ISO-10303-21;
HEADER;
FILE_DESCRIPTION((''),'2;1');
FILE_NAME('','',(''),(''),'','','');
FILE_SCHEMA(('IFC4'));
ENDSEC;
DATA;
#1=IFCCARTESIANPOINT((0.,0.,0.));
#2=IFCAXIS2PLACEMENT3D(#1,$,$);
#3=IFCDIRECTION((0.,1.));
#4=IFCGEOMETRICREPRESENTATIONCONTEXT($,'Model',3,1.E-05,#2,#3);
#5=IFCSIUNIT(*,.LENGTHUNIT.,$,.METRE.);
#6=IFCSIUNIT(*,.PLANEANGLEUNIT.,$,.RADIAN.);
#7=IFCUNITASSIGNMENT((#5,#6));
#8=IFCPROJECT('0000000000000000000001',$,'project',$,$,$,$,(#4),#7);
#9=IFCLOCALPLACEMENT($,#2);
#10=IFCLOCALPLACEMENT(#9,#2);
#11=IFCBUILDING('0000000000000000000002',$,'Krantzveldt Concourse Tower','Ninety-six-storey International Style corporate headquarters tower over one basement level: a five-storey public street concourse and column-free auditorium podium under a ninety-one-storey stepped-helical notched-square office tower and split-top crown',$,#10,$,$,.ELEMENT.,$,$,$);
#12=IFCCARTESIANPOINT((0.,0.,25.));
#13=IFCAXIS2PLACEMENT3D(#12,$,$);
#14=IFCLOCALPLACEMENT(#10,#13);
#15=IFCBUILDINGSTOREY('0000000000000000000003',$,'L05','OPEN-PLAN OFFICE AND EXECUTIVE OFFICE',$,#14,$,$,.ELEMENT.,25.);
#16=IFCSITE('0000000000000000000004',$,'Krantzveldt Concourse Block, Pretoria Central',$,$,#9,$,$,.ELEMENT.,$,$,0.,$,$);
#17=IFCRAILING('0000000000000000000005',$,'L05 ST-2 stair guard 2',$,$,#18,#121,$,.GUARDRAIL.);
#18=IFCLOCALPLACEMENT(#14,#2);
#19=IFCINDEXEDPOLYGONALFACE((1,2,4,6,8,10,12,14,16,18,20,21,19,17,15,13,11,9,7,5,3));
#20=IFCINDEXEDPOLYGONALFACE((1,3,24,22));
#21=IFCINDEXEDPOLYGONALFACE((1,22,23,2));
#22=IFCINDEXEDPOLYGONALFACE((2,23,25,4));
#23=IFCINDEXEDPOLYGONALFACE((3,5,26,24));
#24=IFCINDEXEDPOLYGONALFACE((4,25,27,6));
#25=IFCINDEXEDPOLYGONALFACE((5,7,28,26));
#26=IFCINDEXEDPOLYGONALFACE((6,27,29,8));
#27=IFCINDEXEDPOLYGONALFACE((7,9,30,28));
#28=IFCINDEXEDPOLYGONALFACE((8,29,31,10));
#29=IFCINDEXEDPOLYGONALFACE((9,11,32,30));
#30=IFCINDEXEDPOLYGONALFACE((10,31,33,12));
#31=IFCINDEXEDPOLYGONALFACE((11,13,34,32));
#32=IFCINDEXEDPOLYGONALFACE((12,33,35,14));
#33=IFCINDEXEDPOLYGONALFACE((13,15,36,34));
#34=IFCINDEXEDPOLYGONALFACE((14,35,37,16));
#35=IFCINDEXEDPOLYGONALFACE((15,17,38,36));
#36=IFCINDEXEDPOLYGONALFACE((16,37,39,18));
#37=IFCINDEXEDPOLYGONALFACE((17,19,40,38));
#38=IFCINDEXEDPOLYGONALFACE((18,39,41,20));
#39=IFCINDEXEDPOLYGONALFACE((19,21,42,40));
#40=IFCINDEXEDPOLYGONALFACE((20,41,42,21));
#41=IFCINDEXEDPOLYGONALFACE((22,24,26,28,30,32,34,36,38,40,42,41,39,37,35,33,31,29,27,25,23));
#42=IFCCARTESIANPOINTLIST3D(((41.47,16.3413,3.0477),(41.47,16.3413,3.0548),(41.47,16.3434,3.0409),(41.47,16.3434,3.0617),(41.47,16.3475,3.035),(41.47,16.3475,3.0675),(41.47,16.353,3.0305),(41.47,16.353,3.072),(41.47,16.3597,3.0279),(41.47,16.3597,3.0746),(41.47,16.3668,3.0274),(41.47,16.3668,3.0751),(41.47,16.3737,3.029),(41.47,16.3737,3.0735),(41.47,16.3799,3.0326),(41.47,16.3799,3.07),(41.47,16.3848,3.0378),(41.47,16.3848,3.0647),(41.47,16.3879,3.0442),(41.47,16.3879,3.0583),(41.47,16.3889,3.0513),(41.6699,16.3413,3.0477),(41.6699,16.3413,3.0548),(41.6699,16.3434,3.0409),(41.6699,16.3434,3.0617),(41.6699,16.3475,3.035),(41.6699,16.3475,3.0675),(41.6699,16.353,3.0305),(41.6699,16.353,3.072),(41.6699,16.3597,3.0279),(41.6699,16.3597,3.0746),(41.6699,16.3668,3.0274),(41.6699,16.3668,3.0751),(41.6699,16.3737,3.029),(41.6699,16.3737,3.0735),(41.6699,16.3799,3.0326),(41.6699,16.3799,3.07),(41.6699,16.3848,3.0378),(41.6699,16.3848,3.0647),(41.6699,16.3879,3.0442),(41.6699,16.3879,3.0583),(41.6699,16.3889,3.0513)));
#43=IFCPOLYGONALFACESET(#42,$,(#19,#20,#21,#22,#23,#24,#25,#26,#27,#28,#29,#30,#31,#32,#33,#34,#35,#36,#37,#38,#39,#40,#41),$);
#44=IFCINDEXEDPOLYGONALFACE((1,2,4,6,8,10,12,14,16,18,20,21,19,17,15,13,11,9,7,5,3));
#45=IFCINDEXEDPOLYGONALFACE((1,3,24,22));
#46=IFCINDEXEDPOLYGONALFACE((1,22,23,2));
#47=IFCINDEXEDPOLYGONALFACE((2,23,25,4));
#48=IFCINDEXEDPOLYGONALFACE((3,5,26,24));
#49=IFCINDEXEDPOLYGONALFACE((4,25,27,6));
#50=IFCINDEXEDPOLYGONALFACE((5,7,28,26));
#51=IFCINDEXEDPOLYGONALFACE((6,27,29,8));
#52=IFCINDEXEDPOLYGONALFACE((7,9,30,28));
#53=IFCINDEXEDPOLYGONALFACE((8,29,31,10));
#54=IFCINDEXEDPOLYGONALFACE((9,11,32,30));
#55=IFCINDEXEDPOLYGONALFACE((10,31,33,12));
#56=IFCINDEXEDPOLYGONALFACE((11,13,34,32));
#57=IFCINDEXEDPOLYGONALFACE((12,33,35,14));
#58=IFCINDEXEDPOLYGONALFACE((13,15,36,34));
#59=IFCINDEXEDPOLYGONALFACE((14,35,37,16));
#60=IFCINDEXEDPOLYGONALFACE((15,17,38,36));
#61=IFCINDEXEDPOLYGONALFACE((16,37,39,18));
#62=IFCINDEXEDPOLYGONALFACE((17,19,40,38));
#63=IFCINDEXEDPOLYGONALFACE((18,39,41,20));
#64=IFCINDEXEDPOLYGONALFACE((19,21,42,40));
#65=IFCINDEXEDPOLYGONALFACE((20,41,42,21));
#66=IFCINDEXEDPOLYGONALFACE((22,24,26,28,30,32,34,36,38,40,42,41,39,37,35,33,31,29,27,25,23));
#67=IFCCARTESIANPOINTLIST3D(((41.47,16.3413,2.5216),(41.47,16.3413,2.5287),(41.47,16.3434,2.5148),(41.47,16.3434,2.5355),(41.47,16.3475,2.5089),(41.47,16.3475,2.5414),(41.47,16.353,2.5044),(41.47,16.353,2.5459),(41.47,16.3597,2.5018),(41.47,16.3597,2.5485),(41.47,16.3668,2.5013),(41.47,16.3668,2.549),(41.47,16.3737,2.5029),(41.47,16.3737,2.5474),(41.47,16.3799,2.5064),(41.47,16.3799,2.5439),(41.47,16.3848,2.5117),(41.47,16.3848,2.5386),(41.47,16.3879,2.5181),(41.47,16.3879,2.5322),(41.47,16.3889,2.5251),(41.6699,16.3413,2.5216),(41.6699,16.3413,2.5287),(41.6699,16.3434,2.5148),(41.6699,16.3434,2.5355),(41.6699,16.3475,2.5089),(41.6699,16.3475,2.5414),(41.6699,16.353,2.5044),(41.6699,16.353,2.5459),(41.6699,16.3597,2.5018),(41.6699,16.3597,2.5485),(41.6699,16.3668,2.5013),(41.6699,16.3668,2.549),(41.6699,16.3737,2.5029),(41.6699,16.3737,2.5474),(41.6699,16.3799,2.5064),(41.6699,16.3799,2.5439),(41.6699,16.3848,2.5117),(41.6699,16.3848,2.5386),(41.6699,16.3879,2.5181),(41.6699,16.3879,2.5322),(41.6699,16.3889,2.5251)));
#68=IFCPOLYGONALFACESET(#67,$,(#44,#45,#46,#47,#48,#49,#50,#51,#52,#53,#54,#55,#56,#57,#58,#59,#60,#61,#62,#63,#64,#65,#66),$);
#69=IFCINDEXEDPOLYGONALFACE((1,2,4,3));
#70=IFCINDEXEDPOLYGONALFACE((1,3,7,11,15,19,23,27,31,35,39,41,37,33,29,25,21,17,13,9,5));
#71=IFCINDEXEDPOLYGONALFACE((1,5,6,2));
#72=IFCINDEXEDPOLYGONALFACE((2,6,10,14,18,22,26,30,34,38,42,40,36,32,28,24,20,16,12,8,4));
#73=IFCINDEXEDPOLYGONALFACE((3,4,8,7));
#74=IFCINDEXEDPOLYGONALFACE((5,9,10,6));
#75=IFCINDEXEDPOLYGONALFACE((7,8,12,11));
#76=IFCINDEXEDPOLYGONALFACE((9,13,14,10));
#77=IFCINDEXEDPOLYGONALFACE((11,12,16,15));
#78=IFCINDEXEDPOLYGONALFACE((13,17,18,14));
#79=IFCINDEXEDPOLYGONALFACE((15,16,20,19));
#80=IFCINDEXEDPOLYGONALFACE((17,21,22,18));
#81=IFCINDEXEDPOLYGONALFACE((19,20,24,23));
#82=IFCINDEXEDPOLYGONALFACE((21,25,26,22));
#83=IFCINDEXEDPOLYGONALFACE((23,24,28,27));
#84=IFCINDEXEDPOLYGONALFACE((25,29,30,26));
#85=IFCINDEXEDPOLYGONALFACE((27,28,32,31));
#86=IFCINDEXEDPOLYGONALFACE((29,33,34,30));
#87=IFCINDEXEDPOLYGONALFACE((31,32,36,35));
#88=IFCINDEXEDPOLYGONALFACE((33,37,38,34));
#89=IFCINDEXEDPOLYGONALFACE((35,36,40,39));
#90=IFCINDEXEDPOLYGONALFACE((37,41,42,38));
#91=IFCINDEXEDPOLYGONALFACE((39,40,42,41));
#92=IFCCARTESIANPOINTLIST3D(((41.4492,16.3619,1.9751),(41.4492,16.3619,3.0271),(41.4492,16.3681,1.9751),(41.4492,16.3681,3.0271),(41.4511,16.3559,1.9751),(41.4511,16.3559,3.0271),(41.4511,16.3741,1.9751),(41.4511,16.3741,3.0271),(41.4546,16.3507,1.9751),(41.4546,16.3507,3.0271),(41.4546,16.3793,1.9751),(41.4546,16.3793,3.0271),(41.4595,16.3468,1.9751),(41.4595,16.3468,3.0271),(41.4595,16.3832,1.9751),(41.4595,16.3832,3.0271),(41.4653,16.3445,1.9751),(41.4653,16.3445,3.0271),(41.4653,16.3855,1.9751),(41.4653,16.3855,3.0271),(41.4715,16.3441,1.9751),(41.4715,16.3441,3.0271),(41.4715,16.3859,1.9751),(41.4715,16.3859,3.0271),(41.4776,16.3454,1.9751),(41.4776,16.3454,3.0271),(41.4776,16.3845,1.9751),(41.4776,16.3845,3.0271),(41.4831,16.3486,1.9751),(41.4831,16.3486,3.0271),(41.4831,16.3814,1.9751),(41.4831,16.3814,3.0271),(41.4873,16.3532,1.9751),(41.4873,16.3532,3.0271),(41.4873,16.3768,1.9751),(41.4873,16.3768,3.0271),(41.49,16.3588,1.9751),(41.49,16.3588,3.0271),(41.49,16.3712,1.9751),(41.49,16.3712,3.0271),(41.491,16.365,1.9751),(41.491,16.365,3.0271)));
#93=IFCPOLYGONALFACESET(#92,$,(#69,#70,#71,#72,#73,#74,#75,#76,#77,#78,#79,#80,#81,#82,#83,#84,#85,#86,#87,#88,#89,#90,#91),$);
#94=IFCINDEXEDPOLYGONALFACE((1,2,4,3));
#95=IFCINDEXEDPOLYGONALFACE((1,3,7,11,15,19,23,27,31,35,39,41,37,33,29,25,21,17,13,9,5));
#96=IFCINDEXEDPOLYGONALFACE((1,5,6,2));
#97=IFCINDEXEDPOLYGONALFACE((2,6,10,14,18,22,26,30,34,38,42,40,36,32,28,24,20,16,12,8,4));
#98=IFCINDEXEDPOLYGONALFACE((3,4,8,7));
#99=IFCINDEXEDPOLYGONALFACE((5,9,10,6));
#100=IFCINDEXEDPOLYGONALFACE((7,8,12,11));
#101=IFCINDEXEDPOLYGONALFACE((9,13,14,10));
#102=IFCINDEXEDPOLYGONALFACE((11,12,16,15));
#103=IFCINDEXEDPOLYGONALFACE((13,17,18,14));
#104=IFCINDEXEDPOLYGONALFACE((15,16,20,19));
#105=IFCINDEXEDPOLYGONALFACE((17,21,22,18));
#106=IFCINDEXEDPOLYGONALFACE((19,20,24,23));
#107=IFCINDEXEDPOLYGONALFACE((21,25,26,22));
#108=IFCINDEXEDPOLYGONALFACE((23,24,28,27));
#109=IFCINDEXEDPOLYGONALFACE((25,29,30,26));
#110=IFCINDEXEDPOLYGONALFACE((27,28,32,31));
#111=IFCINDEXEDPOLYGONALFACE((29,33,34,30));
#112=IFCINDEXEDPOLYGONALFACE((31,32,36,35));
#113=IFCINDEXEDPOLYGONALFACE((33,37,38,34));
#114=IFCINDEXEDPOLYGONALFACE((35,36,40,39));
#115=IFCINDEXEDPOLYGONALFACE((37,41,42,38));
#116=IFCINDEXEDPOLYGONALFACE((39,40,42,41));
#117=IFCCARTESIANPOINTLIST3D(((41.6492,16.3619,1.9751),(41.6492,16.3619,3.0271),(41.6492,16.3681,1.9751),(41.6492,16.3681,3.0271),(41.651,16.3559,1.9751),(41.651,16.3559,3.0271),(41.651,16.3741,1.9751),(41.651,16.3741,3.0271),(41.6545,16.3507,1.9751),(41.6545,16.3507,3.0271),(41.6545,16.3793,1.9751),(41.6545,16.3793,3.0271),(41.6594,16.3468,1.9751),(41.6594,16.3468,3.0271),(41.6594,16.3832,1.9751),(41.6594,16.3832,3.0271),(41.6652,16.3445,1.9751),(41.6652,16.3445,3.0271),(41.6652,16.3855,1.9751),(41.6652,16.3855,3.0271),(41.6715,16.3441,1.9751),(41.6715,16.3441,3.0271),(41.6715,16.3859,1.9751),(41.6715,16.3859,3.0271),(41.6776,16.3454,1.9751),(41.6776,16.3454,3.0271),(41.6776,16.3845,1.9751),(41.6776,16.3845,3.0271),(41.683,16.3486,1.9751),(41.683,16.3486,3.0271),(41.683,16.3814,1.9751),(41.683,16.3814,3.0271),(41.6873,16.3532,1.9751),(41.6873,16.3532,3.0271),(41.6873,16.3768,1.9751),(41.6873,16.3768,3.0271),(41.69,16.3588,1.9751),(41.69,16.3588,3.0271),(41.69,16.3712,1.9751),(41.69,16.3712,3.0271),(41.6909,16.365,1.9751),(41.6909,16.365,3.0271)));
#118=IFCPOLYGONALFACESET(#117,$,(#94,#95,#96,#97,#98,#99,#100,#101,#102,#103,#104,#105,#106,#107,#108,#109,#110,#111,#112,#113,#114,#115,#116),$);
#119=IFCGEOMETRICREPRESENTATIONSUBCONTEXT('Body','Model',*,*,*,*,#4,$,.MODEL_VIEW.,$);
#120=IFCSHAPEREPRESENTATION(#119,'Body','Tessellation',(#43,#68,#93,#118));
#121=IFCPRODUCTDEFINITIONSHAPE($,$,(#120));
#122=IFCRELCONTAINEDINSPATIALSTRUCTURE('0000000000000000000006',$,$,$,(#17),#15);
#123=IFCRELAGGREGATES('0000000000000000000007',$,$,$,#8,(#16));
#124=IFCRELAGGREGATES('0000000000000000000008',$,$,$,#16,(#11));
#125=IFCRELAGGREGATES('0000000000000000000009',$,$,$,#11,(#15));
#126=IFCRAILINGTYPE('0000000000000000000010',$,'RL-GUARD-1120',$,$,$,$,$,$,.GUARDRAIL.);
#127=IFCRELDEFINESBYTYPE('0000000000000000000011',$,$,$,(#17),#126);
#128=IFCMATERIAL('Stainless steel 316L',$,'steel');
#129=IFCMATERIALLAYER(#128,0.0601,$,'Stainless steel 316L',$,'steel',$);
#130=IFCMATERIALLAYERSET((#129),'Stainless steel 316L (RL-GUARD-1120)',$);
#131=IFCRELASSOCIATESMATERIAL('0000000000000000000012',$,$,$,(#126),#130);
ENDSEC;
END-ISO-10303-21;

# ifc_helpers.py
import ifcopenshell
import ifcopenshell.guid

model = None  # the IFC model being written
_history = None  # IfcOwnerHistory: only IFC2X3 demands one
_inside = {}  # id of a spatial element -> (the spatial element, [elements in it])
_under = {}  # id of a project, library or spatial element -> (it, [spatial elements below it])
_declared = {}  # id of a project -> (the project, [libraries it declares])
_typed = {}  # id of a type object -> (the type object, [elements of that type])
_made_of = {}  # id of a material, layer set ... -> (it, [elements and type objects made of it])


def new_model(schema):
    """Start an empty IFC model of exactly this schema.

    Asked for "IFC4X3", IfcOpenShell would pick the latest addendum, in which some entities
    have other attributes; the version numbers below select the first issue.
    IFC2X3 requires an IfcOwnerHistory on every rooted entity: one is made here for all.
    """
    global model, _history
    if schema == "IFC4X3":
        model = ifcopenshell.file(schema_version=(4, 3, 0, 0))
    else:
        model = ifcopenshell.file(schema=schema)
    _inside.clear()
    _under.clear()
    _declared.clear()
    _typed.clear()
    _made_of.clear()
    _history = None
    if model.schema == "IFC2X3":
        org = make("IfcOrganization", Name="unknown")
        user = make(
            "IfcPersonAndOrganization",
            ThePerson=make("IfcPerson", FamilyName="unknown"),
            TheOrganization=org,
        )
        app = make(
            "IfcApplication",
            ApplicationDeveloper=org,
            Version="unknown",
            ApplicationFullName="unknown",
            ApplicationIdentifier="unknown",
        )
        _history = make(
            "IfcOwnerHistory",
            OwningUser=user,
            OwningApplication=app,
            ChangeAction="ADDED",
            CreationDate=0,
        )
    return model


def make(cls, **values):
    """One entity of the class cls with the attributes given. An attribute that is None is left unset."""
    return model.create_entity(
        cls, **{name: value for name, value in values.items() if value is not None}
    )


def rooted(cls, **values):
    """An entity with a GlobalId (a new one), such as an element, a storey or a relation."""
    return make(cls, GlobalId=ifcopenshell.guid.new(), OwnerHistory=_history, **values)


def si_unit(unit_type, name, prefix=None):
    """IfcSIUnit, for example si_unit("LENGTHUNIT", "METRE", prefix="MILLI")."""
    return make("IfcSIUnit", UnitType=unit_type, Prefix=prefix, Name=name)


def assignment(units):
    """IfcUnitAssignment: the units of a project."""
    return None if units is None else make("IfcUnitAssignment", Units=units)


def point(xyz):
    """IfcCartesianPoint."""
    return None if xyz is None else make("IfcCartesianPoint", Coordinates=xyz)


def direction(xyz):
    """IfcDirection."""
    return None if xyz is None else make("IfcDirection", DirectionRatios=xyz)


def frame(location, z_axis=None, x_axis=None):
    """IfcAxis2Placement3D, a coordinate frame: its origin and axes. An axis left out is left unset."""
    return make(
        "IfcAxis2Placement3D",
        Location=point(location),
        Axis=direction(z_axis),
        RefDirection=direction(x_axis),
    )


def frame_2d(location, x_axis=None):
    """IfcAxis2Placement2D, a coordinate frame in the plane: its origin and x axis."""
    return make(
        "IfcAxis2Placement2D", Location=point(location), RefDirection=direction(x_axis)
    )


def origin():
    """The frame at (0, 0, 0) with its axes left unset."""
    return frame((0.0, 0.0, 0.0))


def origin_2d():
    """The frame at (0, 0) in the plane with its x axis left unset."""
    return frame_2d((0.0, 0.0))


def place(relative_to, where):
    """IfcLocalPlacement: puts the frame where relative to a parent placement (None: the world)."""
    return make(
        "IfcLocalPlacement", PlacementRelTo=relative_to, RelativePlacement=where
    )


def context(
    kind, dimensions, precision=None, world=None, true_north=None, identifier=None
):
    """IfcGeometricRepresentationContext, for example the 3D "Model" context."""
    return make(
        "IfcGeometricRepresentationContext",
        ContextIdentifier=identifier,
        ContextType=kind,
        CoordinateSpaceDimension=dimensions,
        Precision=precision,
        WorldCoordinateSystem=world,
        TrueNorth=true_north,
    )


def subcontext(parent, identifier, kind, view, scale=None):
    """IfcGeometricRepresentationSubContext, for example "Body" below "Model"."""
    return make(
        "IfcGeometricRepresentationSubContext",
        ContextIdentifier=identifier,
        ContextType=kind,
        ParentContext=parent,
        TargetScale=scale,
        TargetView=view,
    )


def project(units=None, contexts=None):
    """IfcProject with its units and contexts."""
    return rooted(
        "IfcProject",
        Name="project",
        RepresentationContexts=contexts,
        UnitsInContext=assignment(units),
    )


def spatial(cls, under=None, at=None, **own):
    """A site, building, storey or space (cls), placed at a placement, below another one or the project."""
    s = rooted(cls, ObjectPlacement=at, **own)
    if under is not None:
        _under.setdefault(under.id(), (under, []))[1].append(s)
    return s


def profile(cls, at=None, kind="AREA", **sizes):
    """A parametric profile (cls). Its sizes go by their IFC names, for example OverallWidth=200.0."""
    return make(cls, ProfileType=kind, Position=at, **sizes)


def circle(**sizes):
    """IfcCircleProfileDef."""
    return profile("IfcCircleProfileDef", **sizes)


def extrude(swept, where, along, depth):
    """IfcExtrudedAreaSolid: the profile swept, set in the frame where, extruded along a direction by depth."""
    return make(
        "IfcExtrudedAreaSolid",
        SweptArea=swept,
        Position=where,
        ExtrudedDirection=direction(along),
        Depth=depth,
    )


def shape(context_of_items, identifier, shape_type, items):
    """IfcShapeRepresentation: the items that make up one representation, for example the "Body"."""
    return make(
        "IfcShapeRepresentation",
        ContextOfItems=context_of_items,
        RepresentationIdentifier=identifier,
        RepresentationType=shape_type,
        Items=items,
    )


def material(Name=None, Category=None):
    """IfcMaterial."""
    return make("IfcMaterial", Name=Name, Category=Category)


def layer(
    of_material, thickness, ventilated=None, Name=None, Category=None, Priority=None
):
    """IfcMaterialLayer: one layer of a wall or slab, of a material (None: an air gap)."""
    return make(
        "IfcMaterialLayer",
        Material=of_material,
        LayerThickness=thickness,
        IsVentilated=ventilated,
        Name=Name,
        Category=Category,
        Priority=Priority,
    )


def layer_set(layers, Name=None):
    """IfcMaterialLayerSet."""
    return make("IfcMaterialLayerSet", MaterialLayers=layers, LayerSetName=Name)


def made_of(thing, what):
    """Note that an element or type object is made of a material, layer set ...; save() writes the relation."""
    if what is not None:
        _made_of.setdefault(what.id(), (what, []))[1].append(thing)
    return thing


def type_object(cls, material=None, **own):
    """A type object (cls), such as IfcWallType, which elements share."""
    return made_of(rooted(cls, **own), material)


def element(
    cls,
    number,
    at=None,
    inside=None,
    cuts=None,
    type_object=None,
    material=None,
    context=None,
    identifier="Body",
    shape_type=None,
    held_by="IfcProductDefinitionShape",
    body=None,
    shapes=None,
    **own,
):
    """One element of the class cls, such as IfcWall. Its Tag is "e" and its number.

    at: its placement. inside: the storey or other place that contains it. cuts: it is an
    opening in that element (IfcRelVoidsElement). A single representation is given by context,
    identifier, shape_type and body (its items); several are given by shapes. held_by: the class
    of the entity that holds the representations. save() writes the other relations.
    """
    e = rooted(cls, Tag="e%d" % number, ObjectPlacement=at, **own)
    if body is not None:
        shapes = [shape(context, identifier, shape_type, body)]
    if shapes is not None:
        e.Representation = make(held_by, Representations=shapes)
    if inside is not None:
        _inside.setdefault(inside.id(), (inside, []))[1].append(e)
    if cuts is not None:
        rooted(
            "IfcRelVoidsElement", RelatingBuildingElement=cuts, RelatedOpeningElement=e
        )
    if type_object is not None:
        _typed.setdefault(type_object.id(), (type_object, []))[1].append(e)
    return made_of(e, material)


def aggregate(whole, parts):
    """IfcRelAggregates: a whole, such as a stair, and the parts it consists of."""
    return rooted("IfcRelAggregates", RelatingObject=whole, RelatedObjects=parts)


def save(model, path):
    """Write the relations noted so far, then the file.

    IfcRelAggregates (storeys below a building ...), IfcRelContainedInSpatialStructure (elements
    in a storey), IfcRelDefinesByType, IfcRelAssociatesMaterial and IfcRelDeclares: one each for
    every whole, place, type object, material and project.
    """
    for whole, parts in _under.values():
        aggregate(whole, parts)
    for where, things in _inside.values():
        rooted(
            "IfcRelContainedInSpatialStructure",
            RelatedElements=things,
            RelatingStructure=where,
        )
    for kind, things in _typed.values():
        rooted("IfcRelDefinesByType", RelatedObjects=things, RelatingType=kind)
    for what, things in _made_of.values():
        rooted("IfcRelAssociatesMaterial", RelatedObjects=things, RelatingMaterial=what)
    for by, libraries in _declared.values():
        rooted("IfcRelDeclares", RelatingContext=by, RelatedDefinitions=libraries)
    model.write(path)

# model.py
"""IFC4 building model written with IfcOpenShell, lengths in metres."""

from ifc_helpers import new_model, si_unit, direction, frame, origin, origin_2d, place, context, subcontext, project, spatial, circle, extrude, material, layer, layer_set, type_object, element, save


model = new_model("IFC4")

# Units and contexts
model_context = context("Model", 3, precision=1e-05, world=origin(), true_north=direction((0.0, 1.0)))
body_context = subcontext(model_context, "Body", "Model", "MODEL_VIEW")
ifc_project = project(units=[si_unit("LENGTHUNIT", "METRE"), si_unit("PLANEANGLEUNIT", "RADIAN")], contexts=[model_context])

# Site, building, storey
site_placement = place(None, origin())
site = spatial("IfcSite", under=ifc_project, at=site_placement, Name="Krantzveldt Concourse Block, Pretoria Central", CompositionType="ELEMENT", RefElevation=0.0)
building_placement = place(site_placement, origin())
building = spatial("IfcBuilding", under=site, at=building_placement, Name="Krantzveldt Concourse Tower", Description="Ninety-six-storey International Style corporate headquarters tower over one basement level: a five-storey public street concourse and column-free auditorium podium under a ninety-one-storey stepped-helical notched-square office tower and split-top crown", CompositionType="ELEMENT")
storey_placement = place(building_placement, frame((0.0, 0.0, 25.0)))
storey = spatial("IfcBuildingStorey", under=building, at=storey_placement, Name="L05", Description="OPEN-PLAN OFFICE AND EXECUTIVE OFFICE", CompositionType="ELEMENT", Elevation=25.0)

# Shared definitions
ifc_material_1 = material(Name="Stainless steel 316L", Category="steel")

# Railing
ifc_layer_1 = layer(ifc_material_1, 0.0601, Name="Stainless steel 316L", Category="steel")
ifc_layer_set_1 = layer_set([ifc_layer_1], Name="Stainless steel 316L (RL-GUARD-1120)")
railing_type_1 = type_object("IfcRailingType", Name="RL-GUARD-1120", PredefinedType="GUARDRAIL", material=ifc_layer_set_1)
railing_1_placement = place(storey_placement, frame((41.47, 16.365, 1.9751)))
element("IfcRailing", 1, at=railing_1_placement, inside=storey, type_object=railing_type_1, Name="L05 ST-2 stair guard 2", PredefinedType="GUARDRAIL", context=body_context, shape_type="SweptSolid", body=[
    extrude(circle(Radius=0.0239, at=origin_2d()), frame((0.0, 0.0, 1.0762), z_axis=(1.0, 0.0, 0.0), x_axis=(0.0, 1.0, 0.0)), (0.0, 0.0, 1.0), 0.2),
    extrude(circle(Radius=0.0239, at=origin_2d()), frame((0.0, 0.0, 0.55), z_axis=(1.0, 0.0, 0.0), x_axis=(0.0, 1.0, 0.0)), (0.0, 0.0, 1.0), 0.2),
    extrude(circle(Radius=0.021, at=origin_2d()), origin(), (0.0, 0.0, 1.0), 1.052),
    extrude(circle(Radius=0.021, at=origin_2d()), frame((0.2, 0.0, 0.0)), (0.0, 0.0, 1.0), 1.052),
])

save(model, "model.ifc")
